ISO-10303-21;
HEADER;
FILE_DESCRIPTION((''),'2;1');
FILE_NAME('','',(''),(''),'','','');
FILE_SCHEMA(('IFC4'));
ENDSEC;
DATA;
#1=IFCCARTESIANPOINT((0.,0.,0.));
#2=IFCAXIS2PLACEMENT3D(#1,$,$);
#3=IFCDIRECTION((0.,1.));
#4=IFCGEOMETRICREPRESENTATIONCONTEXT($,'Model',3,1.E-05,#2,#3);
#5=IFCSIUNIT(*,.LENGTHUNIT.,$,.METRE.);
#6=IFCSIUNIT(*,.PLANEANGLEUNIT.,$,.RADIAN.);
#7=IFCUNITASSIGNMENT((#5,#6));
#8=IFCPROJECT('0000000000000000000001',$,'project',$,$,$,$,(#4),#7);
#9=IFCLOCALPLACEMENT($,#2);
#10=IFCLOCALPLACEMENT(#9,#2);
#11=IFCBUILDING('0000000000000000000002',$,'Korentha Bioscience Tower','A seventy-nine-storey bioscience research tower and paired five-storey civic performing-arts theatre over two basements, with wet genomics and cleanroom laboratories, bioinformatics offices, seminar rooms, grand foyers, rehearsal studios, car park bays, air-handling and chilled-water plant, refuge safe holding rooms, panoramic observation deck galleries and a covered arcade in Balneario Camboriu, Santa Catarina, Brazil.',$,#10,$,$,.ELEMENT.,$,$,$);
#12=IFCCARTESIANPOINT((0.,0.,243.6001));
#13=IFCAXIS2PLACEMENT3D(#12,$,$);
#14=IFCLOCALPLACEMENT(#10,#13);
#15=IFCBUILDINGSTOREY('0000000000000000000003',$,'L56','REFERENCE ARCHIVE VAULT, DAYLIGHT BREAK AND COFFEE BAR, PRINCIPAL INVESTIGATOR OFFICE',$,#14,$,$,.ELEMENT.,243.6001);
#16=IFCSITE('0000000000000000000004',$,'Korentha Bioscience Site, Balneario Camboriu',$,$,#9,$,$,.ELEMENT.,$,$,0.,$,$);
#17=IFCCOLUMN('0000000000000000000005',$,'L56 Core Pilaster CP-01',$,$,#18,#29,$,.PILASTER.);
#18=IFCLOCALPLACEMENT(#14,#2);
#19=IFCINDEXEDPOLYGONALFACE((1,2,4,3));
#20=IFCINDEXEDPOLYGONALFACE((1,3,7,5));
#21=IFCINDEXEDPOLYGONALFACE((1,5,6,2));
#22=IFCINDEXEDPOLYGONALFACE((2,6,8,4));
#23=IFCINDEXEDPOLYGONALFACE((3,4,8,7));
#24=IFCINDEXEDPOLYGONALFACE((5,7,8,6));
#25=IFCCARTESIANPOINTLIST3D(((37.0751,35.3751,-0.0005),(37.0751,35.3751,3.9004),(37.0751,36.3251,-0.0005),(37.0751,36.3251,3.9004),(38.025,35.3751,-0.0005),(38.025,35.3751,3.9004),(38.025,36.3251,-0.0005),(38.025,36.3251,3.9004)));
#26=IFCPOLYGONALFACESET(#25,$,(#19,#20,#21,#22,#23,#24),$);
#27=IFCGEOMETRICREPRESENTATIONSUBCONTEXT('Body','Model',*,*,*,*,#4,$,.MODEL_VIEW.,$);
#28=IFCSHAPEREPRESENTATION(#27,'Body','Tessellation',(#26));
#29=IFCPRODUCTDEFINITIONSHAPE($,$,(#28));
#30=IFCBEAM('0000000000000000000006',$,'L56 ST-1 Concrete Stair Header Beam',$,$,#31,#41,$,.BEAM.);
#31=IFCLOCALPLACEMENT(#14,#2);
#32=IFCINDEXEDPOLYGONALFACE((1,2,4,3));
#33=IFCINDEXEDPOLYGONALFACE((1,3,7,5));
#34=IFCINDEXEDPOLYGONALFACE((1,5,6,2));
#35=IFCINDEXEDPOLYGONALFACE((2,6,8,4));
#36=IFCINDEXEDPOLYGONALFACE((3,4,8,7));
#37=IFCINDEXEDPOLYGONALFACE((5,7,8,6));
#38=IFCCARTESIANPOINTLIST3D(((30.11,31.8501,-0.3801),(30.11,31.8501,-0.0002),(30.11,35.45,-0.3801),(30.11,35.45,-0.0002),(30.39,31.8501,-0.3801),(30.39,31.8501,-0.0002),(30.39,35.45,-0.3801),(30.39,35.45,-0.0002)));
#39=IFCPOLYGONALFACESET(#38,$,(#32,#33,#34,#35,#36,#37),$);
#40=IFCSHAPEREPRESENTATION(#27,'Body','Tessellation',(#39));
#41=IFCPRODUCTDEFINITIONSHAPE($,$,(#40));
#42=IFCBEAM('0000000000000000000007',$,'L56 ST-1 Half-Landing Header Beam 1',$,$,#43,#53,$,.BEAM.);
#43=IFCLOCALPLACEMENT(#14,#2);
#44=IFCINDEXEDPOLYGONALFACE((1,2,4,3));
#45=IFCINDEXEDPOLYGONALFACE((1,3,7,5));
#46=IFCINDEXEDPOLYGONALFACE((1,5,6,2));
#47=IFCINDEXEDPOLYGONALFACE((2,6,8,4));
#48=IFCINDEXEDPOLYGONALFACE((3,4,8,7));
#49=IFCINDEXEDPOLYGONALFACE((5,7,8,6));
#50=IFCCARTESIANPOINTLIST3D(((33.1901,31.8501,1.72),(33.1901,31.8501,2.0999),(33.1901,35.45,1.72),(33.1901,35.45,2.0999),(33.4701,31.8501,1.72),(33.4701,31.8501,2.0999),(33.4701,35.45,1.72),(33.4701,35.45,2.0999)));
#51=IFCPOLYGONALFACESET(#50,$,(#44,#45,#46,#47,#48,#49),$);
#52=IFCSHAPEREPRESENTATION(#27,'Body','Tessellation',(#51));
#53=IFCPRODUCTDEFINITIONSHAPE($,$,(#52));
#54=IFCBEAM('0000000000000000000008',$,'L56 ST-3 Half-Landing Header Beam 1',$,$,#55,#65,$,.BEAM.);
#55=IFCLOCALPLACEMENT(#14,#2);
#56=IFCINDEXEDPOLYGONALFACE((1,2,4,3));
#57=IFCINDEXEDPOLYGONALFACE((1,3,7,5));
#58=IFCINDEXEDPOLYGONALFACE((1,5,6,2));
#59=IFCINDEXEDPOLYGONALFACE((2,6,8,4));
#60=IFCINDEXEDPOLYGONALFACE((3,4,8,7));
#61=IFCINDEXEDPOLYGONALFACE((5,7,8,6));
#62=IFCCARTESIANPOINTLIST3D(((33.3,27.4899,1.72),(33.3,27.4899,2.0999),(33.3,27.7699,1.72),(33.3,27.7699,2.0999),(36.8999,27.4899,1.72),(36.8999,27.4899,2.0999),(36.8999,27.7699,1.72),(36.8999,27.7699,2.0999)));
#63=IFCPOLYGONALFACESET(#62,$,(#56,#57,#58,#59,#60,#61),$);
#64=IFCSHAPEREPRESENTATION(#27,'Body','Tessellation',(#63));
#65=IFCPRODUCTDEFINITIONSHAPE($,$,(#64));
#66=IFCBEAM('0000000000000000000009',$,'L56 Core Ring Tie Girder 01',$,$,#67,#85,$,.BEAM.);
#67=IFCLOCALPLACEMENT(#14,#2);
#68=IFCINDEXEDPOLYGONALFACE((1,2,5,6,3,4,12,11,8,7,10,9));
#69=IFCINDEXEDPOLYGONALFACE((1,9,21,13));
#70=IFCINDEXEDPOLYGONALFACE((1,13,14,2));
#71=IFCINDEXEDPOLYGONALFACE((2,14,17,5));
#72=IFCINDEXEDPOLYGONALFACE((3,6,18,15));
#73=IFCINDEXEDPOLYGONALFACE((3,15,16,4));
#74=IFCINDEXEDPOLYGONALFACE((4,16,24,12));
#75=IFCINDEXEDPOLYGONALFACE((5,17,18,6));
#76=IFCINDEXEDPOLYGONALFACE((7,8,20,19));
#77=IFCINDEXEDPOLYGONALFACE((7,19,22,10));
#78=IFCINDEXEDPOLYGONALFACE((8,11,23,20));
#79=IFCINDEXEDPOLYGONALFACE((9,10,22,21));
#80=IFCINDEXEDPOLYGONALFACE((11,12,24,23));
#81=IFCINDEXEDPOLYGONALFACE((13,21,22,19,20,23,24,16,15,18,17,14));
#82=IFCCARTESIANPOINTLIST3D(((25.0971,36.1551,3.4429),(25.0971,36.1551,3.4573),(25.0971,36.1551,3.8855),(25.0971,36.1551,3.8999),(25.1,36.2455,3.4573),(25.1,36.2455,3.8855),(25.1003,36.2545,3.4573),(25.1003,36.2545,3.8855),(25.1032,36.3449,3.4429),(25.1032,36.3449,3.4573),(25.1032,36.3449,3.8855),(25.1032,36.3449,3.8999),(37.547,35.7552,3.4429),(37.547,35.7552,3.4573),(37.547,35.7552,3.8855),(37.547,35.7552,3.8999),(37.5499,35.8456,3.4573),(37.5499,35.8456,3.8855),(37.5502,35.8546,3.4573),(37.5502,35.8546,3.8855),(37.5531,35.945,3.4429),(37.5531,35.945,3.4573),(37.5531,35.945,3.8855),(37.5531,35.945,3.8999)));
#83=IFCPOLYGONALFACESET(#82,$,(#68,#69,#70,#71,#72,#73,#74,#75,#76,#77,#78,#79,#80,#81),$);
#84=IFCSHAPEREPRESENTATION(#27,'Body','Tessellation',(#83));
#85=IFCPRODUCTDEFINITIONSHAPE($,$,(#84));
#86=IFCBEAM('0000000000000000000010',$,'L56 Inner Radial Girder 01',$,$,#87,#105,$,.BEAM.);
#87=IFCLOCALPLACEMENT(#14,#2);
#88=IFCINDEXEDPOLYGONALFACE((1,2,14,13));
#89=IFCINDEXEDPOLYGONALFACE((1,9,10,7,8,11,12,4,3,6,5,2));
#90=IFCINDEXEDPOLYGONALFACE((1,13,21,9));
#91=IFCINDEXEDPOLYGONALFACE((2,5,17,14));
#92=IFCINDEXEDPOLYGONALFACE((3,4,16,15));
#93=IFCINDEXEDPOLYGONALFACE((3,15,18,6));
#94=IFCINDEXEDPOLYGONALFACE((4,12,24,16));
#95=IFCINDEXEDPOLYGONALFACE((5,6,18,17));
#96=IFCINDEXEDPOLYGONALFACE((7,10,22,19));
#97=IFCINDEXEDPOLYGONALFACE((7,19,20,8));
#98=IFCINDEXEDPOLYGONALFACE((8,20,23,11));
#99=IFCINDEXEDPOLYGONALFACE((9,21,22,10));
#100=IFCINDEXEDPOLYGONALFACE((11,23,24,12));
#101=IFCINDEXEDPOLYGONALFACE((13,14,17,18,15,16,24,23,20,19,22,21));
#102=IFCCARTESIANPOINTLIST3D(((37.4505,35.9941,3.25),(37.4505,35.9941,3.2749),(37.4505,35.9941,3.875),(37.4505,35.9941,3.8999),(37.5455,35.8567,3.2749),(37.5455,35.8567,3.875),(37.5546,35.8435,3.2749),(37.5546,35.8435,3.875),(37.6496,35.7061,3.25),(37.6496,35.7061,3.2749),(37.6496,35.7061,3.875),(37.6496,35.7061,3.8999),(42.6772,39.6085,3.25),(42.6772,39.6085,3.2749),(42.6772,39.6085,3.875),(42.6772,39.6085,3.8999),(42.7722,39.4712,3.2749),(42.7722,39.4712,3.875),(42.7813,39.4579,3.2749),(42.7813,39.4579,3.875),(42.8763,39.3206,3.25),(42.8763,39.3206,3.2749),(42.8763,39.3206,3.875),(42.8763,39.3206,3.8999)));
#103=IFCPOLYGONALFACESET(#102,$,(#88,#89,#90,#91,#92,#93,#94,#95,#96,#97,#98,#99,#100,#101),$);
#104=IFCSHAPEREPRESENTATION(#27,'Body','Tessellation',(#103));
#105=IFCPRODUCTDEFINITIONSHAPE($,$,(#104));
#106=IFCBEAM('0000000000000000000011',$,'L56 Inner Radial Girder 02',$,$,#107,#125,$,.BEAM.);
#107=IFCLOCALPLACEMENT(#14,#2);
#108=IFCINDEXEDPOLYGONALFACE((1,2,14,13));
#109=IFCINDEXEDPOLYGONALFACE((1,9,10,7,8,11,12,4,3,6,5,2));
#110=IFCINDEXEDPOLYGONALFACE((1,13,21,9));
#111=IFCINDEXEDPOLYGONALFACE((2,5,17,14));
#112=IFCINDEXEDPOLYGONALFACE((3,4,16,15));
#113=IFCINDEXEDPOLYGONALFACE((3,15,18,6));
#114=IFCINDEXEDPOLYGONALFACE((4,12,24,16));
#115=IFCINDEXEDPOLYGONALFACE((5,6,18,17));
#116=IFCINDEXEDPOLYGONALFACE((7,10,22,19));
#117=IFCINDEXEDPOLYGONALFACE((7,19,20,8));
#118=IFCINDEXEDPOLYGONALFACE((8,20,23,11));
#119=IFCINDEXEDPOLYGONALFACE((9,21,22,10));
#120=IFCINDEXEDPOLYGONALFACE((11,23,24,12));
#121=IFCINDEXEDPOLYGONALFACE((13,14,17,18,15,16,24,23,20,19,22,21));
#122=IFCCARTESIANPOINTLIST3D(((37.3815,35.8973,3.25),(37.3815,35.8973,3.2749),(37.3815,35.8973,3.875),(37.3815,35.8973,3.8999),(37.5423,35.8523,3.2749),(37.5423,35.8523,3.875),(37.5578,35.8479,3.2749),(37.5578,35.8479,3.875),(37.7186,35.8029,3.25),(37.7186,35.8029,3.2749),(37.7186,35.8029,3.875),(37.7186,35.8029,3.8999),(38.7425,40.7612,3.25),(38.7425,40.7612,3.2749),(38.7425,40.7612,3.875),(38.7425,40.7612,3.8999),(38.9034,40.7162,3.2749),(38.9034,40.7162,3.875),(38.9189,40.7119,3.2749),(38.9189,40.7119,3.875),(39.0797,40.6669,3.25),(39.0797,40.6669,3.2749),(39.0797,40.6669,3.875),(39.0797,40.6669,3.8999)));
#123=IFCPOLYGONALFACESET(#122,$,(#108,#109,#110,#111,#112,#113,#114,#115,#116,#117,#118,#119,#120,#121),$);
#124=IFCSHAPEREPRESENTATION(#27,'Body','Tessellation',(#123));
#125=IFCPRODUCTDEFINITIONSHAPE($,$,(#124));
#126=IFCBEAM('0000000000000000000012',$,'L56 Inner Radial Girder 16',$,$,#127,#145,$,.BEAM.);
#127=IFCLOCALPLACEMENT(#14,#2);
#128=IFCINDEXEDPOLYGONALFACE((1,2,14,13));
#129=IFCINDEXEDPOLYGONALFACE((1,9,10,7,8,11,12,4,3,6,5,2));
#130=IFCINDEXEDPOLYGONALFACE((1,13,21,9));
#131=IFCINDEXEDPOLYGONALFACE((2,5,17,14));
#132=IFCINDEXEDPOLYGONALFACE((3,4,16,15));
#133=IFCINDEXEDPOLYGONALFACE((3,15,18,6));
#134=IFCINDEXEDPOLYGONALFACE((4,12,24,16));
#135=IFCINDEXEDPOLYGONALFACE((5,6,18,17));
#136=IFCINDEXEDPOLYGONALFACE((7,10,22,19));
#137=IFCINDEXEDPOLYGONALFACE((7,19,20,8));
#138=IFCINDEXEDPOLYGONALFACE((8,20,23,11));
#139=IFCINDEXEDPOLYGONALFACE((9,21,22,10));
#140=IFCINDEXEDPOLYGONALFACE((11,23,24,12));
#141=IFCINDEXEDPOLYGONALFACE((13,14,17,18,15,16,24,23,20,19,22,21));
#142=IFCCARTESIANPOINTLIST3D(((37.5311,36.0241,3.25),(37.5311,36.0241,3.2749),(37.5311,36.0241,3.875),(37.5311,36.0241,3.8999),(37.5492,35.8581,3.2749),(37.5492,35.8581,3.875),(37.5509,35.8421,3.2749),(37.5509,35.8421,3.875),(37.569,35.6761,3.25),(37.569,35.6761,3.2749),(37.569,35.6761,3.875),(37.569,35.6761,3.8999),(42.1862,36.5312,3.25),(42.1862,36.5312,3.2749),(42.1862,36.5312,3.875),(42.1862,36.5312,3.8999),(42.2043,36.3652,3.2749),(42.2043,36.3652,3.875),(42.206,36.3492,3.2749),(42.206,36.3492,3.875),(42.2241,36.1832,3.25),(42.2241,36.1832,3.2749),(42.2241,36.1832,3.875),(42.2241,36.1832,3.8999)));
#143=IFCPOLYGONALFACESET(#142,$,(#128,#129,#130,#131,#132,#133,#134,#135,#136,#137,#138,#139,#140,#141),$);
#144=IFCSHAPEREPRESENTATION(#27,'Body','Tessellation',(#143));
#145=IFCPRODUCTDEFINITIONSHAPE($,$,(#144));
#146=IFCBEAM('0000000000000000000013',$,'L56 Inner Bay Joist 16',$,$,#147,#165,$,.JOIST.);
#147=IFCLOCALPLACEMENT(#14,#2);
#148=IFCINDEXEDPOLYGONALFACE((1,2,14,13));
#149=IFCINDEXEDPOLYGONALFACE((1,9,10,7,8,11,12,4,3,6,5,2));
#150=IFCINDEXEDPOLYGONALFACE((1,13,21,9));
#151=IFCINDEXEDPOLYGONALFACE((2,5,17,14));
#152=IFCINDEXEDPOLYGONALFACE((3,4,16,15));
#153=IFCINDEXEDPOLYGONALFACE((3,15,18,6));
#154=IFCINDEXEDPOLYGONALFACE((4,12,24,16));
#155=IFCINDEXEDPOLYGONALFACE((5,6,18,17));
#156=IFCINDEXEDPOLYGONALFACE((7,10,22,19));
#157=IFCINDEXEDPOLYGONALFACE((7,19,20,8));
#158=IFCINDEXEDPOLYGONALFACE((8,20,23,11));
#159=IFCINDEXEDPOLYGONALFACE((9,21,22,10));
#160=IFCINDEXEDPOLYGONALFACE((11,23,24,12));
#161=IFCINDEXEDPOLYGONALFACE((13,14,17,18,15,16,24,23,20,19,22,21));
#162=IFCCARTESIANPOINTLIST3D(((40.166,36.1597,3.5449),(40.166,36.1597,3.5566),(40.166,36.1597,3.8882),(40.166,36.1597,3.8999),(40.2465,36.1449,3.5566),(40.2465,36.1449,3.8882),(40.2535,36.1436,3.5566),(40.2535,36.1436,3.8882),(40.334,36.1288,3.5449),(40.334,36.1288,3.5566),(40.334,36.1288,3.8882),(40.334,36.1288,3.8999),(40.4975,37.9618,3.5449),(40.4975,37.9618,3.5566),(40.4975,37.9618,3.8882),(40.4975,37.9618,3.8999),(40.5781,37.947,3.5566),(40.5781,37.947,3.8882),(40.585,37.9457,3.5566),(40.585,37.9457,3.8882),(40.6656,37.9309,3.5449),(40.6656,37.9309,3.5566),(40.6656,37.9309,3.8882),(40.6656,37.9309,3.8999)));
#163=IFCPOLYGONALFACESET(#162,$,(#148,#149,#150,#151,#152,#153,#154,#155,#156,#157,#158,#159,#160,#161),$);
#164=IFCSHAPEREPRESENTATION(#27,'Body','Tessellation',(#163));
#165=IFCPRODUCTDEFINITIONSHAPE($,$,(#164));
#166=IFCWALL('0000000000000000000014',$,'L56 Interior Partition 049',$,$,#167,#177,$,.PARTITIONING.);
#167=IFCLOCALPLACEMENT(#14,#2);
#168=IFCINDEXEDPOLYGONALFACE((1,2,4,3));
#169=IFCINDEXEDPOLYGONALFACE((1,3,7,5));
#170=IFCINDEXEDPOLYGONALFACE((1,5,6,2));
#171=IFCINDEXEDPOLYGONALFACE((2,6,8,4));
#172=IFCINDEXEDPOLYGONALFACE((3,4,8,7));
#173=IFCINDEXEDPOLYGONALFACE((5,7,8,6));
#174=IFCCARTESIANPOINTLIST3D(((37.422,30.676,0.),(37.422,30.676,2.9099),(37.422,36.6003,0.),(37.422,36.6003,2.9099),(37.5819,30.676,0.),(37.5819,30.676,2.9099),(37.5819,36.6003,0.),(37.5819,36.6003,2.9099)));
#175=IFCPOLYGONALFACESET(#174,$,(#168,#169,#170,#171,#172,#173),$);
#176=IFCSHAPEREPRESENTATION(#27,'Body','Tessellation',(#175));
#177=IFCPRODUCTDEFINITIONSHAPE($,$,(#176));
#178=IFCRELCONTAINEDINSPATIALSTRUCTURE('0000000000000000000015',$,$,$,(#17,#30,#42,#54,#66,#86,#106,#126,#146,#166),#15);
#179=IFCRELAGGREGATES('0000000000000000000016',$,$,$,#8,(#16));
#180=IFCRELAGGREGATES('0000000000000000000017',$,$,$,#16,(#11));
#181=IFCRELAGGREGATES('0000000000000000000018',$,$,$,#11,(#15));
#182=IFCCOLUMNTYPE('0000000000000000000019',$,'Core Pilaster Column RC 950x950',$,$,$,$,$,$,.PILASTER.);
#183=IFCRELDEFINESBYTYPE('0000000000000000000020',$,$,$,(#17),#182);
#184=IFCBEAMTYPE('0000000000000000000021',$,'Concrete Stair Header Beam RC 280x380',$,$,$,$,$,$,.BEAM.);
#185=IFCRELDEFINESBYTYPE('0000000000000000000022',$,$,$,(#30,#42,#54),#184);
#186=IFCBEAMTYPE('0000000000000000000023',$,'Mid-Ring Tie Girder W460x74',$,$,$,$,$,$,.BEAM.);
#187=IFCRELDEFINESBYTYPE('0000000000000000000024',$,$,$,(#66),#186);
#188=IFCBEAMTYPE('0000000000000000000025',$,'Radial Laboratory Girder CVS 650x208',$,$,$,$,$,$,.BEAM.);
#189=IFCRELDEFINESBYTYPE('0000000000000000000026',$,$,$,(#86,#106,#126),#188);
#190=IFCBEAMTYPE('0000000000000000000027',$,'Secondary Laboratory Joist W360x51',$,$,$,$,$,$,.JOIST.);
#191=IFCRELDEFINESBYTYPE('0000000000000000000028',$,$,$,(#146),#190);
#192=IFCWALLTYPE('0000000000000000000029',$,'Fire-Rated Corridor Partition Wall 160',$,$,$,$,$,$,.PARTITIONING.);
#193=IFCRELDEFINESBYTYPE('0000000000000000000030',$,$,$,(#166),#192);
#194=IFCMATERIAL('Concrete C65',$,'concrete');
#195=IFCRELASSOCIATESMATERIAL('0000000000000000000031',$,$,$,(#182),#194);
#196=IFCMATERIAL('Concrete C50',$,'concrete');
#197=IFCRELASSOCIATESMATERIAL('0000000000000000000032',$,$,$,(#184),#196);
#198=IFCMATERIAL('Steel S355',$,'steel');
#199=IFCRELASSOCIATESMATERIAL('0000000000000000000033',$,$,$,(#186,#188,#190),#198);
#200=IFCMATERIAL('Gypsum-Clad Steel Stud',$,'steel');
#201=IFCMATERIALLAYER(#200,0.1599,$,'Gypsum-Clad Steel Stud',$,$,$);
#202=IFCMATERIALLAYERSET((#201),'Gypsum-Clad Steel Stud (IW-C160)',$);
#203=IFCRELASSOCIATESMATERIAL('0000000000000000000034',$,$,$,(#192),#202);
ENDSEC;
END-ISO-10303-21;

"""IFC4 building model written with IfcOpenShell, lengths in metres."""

from ifc_helpers import new_model, si_unit, direction, frame, frame_2d, origin, origin_2d, place, context, subcontext, project, spatial, rectangle, i_section, extrude, material, layer, layer_set, material_profile, profile_set, type_object, element, save


model = new_model("IFC4")

# Units and contexts
model_context = context("Model", 3, precision=1e-05, world=origin(), true_north=direction((0.0, 1.0)))
body_context = subcontext(model_context, "Body", "Model", "MODEL_VIEW")
ifc_project = project(units=[si_unit("LENGTHUNIT", "METRE"), si_unit("PLANEANGLEUNIT", "RADIAN")], contexts=[model_context])

# Site, building, storey
site_placement = place(None, origin())
site = spatial("IfcSite", under=ifc_project, at=site_placement, Name="Korentha Bioscience Site, Balneario Camboriu", CompositionType="ELEMENT", RefElevation=0.0)
building_placement = place(site_placement, origin())
building = spatial("IfcBuilding", under=site, at=building_placement, Name="Korentha Bioscience Tower", Description="A seventy-nine-storey bioscience research tower and paired five-storey civic performing-arts theatre over two basements, with wet genomics and cleanroom laboratories, bioinformatics offices, seminar rooms, grand foyers, rehearsal studios, car park bays, air-handling and chilled-water plant, refuge safe holding rooms, panoramic observation deck galleries and a covered arcade in Balneario Camboriu, Santa Catarina, Brazil.", CompositionType="ELEMENT")
storey_placement = place(building_placement, frame((0.0, 0.0, 243.6001)))
storey = spatial("IfcBuildingStorey", under=building, at=storey_placement, Name="L56", Description="REFERENCE ARCHIVE VAULT, DAYLIGHT BREAK AND COFFEE BAR, PRINCIPAL INVESTIGATOR OFFICE", CompositionType="ELEMENT", Elevation=243.6001)

# Column
ifc_material_1 = material(Name="Concrete C65", Category="concrete")
ifc_material_profile_1 = material_profile(ifc_material_1, rectangle(XDim=0.95, YDim=0.95, at=origin_2d()), Name="Concrete C65")
ifc_profile_set_1 = profile_set([ifc_material_profile_1], Name="Concrete C65 (COL-CP09)")
column_type = type_object("IfcColumnType", Name="Core Pilaster Column RC 950x950", PredefinedType="PILASTER", material=ifc_profile_set_1)
column_placement = place(storey_placement, frame((37.55, 35.8501, -0.0005), z_axis=(0.0, 0.0, 1.0), x_axis=(1.0, 0.0, 0.0)))
element("IfcColumn", 1, at=column_placement, inside=storey, type_object=column_type, Name="L56 Core Pilaster CP-01", PredefinedType="PILASTER", context=body_context, shape_type="SweptSolid", body=[
    extrude(rectangle(XDim=0.95, YDim=0.95, at=origin_2d()), origin(), (0.0, 0.0, 1.0), 3.9009),
])

# Beams
ifc_material_2 = material(Name="Concrete C50", Category="concrete")
ifc_material_profile_2 = material_profile(ifc_material_2, rectangle(XDim=0.28, YDim=0.3799, at=origin_2d()), Name="Concrete C50")
ifc_profile_set_2 = profile_set([ifc_material_profile_2], Name="Concrete C50 (ST-HB380)")
beam_type_1 = type_object("IfcBeamType", Name="Concrete Stair Header Beam RC 280x380", PredefinedType="BEAM", material=ifc_profile_set_2)
for number, where, z_axis, x_axis, name in (
    (2, (30.25, 31.8501, -0.1902), (0.0, 1.0, 0.0), (-1.0, 0.0, 0.0), "L56 ST-1 Concrete Stair Header Beam"),
    (3, (33.3301, 31.8501, 1.9099), (0.0, 1.0, 0.0), (-1.0, 0.0, 0.0), "L56 ST-1 Half-Landing Header Beam 1"),
    (4, (36.8999, 27.6299, 1.9099), (-1.0, 0.0, 0.0), (0.0, -1.0, 0.0), "L56 ST-3 Half-Landing Header Beam 1"),
):
    element("IfcBeam", number, at=place(storey_placement, frame(where, z_axis=z_axis, x_axis=x_axis)), inside=storey, type_object=beam_type_1, Name=name, PredefinedType="BEAM", context=body_context, shape_type="SweptSolid", body=[
        extrude(rectangle(XDim=0.28, YDim=0.3799, at=origin_2d()), origin(), (0.0, 0.0, 1.0), 3.5999),
    ])
ifc_material_3 = material(Name="Steel S355", Category="steel")
ifc_material_profile_3 = material_profile(ifc_material_3, i_section(OverallWidth=0.1899, OverallDepth=0.457, WebThickness=0.009, FlangeThickness=0.0144, at=origin_2d()), Name="Steel S355")
ifc_profile_set_3 = profile_set([ifc_material_profile_3], Name="Steel S355 (MB-460)")
beam_type_2 = type_object("IfcBeamType", Name="Mid-Ring Tie Girder W460x74", PredefinedType="BEAM", material=ifc_profile_set_3)
beam_1_placement = place(storey_placement, frame((37.55, 35.8501, 3.6714), z_axis=(-0.999485, 0.032104, 0.0), x_axis=(-0.032104, -0.999485, 0.0)))
element("IfcBeam", 5, at=beam_1_placement, inside=storey, type_object=beam_type_2, Name="L56 Core Ring Tie Girder 01", PredefinedType="BEAM", context=body_context, shape_type="SweptSolid", body=[
    extrude(i_section(OverallWidth=0.1899, OverallDepth=0.457, WebThickness=0.009, FlangeThickness=0.0144, at=origin_2d()), origin(), (0.0, 0.0, 1.0), 12.4563),
])
ifc_material_profile_4 = material_profile(ifc_material_3, i_section(OverallWidth=0.3501, OverallDepth=0.6499, WebThickness=0.0161, FlangeThickness=0.0249, at=origin_2d()), Name="Steel S355")
ifc_profile_set_4 = profile_set([ifc_material_profile_4], Name="Steel S355 (RB-650)")
beam_type_3 = type_object("IfcBeamType", Name="Radial Laboratory Girder CVS 650x208", PredefinedType="BEAM", material=ifc_profile_set_4)
beam_2_placement = place(storey_placement, frame((37.55, 35.8501, 3.575), z_axis=(0.822491, 0.568778, 0.0), x_axis=(-0.568778, 0.822491, 0.0)))
element("IfcBeam", 6, at=beam_2_placement, inside=storey, type_object=beam_type_3, Name="L56 Inner Radial Girder 01", PredefinedType="BEAM", context=body_context, shape_type="SweptSolid", body=[
    extrude(i_section(OverallWidth=0.3501, OverallDepth=0.6499, WebThickness=0.0161, FlangeThickness=0.0249, at=origin_2d()), origin(), (0.0, 0.0, 1.0), 6.3547),
])
beam_3_placement = place(storey_placement, frame((37.55, 35.8501, 3.575), z_axis=(0.269476, 0.963007, 0.0), x_axis=(-0.963007, 0.269476, 0.0)))
element("IfcBeam", 7, at=beam_3_placement, inside=storey, type_object=beam_type_3, Name="L56 Inner Radial Girder 02", PredefinedType="BEAM", context=body_context, shape_type="SweptSolid", body=[
    extrude(i_section(OverallWidth=0.3501, OverallDepth=0.6499, WebThickness=0.0161, FlangeThickness=0.0249, at=origin_2d()), origin(), (0.0, 0.0, 1.0), 5.0508),
])
beam_4_placement = place(storey_placement, frame((37.55, 35.8501, 3.575), z_axis=(0.994119, 0.108291, 0.0), x_axis=(-0.108291, 0.994119, 0.0)))
element("IfcBeam", 8, at=beam_4_placement, inside=storey, type_object=beam_type_3, Name="L56 Inner Radial Girder 16", PredefinedType="BEAM", context=body_context, shape_type="SweptSolid", body=[
    extrude(i_section(OverallWidth=0.3501, OverallDepth=0.6499, WebThickness=0.0161, FlangeThickness=0.0249, at=origin_2d()), origin(), (0.0, 0.0, 1.0), 4.6826),
])
ifc_material_profile_5 = material_profile(ifc_material_3, i_section(OverallWidth=0.1709, OverallDepth=0.355, WebThickness=0.0071, FlangeThickness=0.0117, at=origin_2d()), Name="Steel S355")
ifc_profile_set_5 = profile_set([ifc_material_profile_5], Name="Steel S355 (JB-360)")
beam_type_4 = type_object("IfcBeamType", Name="Secondary Laboratory Joist W360x51", PredefinedType="JOIST", material=ifc_profile_set_5)
beam_5_placement = place(storey_placement, frame((40.25, 36.1443, 3.7224), z_axis=(0.180949, 0.983493, 0.0), x_axis=(-0.983493, 0.180949, 0.0)))
element("IfcBeam", 9, at=beam_5_placement, inside=storey, type_object=beam_type_4, Name="L56 Inner Bay Joist 16", PredefinedType="JOIST", context=body_context, shape_type="SweptSolid", body=[
    extrude(i_section(OverallWidth=0.1709, OverallDepth=0.355, WebThickness=0.0071, FlangeThickness=0.0117, at=origin_2d()), origin(), (0.0, 0.0, 1.0), 1.8323),
])

# Wall
ifc_material_4 = material(Name="Gypsum-Clad Steel Stud", Category="steel")
ifc_layer_1 = layer(ifc_material_4, 0.1599, Name="Gypsum-Clad Steel Stud")
ifc_layer_set_1 = layer_set([ifc_layer_1], Name="Gypsum-Clad Steel Stud (IW-C160)")
wall_type_1 = type_object("IfcWallType", Name="Fire-Rated Corridor Partition Wall 160", PredefinedType="PARTITIONING", material=ifc_layer_set_1)
wall_1_placement = place(storey_placement, frame((37.502, 30.676, 0.0), z_axis=(0.0, 0.0, 1.0), x_axis=(0.0, 1.0, 0.0)))
element("IfcWall", 10, at=wall_1_placement, inside=storey, type_object=wall_type_1, Name="L56 Interior Partition 049", PredefinedType="PARTITIONING", context=body_context, shape_type="SweptSolid", body=[
    extrude(rectangle(XDim=5.9243, YDim=0.1599, at=frame_2d((2.9622, 0.0))), origin(), (0.0, 0.0, 1.0), 2.9099),
])

save(model, "model.ifc")
